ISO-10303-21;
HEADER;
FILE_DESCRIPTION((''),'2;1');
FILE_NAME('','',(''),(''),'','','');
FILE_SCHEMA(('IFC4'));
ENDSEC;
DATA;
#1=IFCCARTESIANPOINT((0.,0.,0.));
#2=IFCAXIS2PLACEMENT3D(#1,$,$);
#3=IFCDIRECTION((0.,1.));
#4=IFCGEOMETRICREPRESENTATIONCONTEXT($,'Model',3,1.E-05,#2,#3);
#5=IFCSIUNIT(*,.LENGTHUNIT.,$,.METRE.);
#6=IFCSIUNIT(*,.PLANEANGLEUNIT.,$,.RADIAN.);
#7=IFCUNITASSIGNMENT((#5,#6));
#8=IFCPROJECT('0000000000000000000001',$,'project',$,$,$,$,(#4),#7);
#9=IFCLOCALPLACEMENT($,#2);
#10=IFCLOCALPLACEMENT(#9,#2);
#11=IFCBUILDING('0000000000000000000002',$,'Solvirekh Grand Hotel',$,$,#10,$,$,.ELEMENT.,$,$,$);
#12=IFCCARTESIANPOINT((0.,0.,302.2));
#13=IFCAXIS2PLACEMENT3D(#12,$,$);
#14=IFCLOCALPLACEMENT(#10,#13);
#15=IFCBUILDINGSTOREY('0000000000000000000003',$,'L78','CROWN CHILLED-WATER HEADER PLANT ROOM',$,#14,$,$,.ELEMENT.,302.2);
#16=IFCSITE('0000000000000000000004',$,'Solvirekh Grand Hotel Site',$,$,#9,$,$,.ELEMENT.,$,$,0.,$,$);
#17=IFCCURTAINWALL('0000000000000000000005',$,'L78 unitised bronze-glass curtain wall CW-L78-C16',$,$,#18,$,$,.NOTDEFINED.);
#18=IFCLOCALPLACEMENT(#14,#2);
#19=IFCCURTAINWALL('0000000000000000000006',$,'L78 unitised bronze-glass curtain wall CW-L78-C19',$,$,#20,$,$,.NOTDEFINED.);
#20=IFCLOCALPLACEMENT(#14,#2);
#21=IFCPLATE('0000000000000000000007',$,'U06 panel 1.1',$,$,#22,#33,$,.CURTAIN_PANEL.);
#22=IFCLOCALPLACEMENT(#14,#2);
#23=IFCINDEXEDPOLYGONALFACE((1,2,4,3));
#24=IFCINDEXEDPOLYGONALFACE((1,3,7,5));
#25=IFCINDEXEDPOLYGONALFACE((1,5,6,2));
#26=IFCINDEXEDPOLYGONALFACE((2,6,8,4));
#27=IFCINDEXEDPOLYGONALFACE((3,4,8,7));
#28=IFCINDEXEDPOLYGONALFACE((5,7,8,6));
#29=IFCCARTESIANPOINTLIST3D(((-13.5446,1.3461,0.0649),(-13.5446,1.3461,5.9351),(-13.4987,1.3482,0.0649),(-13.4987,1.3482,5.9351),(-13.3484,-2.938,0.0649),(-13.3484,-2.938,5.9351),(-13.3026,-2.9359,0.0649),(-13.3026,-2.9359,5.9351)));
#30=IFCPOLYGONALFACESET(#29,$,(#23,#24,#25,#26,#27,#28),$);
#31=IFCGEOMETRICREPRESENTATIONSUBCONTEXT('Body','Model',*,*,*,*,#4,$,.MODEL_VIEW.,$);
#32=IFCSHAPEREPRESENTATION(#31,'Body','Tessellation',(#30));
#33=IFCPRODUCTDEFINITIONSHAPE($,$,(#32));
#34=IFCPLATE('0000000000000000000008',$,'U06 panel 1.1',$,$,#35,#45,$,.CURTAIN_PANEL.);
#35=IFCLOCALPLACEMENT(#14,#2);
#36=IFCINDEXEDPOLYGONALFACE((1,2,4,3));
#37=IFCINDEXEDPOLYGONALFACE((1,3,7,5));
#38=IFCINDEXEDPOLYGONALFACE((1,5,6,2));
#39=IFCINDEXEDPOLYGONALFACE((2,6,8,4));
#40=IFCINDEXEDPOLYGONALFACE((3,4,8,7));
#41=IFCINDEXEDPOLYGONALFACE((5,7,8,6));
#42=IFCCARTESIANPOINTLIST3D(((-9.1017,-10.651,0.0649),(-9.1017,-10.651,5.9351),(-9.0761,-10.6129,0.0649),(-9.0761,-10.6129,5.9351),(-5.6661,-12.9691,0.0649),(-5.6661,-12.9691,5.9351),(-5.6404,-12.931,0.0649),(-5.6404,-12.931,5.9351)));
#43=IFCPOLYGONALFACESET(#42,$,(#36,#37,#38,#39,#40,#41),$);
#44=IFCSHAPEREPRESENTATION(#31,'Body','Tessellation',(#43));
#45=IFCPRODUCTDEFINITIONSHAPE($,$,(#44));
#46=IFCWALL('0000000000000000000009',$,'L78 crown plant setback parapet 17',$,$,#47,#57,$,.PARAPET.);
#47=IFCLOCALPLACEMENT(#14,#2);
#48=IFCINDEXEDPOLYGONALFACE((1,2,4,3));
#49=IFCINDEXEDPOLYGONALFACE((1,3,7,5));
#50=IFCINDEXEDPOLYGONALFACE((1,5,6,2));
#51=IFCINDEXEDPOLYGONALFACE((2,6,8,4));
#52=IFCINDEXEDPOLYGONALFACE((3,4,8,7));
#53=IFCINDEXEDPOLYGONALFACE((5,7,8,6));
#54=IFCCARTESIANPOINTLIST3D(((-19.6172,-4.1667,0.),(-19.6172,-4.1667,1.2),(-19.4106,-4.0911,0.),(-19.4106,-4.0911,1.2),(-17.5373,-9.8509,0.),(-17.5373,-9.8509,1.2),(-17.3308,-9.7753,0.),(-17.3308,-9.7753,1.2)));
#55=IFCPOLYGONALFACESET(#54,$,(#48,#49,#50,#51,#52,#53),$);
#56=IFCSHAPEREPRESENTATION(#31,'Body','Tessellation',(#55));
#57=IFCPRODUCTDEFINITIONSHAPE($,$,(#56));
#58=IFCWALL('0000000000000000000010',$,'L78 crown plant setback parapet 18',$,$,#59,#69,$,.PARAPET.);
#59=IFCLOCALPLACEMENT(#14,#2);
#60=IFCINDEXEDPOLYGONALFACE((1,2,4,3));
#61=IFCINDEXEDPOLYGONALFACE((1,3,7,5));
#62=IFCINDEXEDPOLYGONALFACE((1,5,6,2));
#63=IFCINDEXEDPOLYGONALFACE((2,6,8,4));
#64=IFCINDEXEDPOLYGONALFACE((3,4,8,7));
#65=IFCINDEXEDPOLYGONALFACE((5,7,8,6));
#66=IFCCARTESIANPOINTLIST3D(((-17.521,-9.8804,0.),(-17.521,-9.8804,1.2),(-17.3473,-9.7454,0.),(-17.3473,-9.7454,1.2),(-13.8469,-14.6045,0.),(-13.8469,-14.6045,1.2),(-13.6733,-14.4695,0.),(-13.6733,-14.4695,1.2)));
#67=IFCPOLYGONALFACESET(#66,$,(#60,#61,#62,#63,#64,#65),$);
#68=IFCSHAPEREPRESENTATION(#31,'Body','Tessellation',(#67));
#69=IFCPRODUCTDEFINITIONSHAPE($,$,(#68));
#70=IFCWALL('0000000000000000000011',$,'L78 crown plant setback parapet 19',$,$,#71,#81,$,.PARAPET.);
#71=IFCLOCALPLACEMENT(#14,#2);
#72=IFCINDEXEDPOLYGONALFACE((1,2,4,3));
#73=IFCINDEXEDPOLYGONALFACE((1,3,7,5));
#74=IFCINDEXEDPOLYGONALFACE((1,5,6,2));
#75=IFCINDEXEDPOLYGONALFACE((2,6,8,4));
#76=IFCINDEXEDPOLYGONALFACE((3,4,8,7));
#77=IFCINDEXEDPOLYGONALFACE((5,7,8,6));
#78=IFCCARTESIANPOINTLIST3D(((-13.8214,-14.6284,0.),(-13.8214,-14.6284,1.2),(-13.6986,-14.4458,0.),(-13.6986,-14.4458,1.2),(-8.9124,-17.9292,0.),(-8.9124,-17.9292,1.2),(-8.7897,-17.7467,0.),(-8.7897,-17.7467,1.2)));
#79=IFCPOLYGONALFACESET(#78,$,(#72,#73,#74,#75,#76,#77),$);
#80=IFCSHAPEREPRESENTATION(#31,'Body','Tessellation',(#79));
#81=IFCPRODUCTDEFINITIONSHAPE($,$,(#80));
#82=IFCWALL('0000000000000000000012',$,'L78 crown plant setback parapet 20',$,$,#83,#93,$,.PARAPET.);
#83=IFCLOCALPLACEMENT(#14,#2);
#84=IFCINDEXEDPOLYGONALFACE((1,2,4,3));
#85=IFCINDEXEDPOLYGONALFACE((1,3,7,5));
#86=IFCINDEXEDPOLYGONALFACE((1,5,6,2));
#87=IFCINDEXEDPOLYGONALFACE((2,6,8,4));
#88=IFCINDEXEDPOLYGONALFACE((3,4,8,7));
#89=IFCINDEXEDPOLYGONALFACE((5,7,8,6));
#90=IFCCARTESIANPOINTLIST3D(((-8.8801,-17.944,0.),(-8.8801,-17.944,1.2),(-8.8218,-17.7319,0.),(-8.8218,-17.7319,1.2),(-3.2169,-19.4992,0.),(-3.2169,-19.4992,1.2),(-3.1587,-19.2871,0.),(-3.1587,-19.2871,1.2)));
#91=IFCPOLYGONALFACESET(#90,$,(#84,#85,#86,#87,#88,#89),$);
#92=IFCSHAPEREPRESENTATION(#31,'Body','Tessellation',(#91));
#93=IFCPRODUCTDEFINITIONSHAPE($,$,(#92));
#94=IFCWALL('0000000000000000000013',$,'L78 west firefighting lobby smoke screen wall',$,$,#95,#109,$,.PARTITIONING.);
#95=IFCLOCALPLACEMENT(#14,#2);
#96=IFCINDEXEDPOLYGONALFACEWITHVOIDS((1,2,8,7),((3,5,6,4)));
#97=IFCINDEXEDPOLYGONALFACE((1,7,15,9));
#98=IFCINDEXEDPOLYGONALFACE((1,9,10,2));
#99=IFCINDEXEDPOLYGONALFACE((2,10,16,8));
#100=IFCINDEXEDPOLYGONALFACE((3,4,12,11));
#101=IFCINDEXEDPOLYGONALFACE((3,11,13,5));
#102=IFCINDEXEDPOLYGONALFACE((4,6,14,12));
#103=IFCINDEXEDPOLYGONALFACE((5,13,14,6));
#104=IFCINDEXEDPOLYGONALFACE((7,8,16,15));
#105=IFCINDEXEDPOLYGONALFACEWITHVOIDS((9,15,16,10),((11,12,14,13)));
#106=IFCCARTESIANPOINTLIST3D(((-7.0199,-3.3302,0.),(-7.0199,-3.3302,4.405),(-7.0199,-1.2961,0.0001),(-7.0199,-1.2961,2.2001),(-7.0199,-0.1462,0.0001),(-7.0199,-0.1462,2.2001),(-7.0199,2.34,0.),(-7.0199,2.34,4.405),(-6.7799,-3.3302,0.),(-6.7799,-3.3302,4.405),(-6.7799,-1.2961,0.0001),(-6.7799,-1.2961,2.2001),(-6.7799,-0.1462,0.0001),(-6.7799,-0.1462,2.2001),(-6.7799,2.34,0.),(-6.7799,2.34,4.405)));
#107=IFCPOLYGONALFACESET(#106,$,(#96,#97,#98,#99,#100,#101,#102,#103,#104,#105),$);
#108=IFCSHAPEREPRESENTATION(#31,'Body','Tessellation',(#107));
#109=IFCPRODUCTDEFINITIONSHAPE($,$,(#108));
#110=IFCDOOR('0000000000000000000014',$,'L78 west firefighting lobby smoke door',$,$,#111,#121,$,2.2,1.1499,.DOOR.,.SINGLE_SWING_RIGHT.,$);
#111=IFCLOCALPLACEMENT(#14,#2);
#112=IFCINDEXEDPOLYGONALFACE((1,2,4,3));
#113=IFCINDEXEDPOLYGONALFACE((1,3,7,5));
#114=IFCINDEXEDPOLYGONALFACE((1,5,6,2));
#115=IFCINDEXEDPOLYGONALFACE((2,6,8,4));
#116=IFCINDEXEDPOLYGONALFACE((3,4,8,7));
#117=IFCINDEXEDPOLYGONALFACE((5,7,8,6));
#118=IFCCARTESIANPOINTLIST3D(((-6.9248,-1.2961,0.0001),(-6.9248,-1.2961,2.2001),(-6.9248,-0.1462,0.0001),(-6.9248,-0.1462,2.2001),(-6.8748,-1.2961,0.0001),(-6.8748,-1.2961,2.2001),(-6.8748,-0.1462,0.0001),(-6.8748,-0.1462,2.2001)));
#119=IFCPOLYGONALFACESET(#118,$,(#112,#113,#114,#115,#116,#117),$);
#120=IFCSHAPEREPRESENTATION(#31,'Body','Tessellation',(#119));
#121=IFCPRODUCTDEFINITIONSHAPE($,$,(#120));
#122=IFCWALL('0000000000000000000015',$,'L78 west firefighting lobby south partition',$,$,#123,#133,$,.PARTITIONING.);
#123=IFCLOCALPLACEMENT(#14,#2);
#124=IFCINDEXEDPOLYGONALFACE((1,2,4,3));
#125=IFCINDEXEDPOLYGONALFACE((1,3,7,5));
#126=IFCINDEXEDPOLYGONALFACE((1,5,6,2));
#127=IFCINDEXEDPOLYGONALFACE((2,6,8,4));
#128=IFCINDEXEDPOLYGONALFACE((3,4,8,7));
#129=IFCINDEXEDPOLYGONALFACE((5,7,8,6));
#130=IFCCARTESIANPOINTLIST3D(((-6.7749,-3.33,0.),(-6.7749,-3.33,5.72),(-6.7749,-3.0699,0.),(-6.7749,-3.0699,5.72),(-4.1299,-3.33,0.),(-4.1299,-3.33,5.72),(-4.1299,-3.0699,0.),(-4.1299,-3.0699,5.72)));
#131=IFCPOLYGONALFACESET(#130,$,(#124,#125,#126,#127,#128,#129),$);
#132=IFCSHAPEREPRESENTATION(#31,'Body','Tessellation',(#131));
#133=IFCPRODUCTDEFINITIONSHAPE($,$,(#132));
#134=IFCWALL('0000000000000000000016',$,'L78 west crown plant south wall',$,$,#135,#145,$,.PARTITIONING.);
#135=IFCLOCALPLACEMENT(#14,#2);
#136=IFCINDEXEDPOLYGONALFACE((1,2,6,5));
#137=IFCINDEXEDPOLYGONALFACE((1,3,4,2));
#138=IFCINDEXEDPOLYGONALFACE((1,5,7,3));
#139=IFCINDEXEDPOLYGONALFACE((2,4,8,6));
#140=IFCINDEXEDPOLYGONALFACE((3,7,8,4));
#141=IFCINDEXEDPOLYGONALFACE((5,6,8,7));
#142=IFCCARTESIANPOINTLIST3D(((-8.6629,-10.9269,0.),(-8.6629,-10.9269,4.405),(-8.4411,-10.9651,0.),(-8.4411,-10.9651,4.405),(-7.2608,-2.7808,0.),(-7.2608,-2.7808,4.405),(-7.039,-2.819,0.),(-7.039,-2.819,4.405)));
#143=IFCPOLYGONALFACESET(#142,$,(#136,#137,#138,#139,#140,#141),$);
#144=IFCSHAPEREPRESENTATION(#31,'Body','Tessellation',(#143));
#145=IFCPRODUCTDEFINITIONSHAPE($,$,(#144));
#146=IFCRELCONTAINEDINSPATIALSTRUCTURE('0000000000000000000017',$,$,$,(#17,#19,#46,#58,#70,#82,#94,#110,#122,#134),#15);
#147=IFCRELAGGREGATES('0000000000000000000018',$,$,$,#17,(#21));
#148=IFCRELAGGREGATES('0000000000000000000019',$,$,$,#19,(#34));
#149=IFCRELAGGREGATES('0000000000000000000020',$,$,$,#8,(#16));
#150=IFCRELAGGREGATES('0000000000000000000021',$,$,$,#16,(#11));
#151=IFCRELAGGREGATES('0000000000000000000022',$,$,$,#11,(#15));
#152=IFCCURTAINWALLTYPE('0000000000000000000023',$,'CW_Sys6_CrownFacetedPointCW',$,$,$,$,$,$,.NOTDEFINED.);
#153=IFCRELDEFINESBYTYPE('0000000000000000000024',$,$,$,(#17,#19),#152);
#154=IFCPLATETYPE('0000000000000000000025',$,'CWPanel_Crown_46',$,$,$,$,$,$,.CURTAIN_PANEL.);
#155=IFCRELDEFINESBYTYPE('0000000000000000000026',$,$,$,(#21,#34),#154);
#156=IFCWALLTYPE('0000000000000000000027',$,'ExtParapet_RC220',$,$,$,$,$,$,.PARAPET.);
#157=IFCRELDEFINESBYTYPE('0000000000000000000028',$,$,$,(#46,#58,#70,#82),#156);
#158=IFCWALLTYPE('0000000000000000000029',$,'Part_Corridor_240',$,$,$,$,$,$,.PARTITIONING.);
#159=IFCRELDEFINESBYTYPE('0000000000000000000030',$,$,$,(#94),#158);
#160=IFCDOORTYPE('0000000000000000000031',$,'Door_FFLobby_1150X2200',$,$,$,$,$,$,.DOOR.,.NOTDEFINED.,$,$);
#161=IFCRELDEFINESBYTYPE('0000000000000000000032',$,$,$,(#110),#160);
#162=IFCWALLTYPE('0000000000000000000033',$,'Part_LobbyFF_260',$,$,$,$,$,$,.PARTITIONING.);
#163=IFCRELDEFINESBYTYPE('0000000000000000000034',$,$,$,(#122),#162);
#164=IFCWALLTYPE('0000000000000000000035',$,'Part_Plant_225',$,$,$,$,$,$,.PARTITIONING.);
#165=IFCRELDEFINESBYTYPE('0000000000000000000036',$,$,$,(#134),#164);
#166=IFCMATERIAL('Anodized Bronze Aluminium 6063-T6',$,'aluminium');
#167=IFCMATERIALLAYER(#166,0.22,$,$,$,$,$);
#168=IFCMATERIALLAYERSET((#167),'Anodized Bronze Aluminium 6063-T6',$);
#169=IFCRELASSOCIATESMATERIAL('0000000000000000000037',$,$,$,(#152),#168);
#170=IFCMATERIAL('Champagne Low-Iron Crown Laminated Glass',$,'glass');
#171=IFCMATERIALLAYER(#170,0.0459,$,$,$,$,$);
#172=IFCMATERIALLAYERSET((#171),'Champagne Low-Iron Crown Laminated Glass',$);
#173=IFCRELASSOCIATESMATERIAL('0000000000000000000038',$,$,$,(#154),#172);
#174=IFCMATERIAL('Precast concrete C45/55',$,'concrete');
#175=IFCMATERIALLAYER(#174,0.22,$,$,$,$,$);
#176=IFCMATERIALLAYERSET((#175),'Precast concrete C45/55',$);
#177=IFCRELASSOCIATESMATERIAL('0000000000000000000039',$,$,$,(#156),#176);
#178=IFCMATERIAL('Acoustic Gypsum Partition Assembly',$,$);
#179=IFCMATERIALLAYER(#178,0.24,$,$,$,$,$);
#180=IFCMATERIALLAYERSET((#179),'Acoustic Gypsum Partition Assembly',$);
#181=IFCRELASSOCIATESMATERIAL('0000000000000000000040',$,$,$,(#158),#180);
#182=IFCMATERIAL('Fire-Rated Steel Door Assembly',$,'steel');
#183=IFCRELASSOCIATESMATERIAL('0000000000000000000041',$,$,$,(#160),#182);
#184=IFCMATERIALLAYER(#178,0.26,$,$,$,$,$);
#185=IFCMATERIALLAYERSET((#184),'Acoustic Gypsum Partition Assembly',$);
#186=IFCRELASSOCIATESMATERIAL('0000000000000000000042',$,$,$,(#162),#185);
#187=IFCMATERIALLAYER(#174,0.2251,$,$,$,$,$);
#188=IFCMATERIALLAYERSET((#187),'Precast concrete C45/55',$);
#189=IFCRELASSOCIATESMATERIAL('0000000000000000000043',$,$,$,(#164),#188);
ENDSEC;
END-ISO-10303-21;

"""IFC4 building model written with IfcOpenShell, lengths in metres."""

from ifc_helpers import new_model, si_unit, direction, frame, frame_2d, origin, origin_2d, place, context, subcontext, project, spatial, rectangle, extrude, source, transform, mapped, material, layer, layer_set, type_object, element, fill, aggregate, save


model = new_model("IFC4")

# Units and contexts
model_context = context("Model", 3, precision=1e-05, world=origin(), true_north=direction((0.0, 1.0)))
body_context = subcontext(model_context, "Body", "Model", "MODEL_VIEW")
ifc_project = project(units=[si_unit("LENGTHUNIT", "METRE"), si_unit("PLANEANGLEUNIT", "RADIAN")], contexts=[model_context])

# Site, building, storey
site_placement = place(None, origin())
site = spatial("IfcSite", under=ifc_project, at=site_placement, Name="Solvirekh Grand Hotel Site", CompositionType="ELEMENT", RefElevation=0.0)
building_placement = place(site_placement, origin())
building = spatial("IfcBuilding", under=site, at=building_placement, Name="Solvirekh Grand Hotel", CompositionType="ELEMENT")
storey_placement = place(building_placement, frame((0.0, 0.0, 302.2)))
storey = spatial("IfcBuildingStorey", under=building, at=storey_placement, Name="L78", Description="CROWN CHILLED-WATER HEADER PLANT ROOM", CompositionType="ELEMENT", Elevation=302.2)

# Curtain wall
ifc_material_1 = material(Name="Anodized Bronze Aluminium 6063-T6", Category="aluminium")
ifc_layer_1 = layer(ifc_material_1, 0.22)
ifc_layer_set_1 = layer_set([ifc_layer_1], Name="Anodized Bronze Aluminium 6063-T6")
curtain_wall_type = type_object("IfcCurtainWallType", Name="CW_Sys6_CrownFacetedPointCW", PredefinedType="NOTDEFINED", material=ifc_layer_set_1)
curtain_wall_1_placement = place(storey_placement, origin())
curtain_wall_1 = element("IfcCurtainWall", 1, at=curtain_wall_1_placement, inside=storey, type_object=curtain_wall_type, Name="L78 unitised bronze-glass curtain wall CW-L78-C16", PredefinedType="NOTDEFINED")

# Curtain wall
curtain_wall_2_placement = place(storey_placement, origin())
curtain_wall_2 = element("IfcCurtainWall", 2, at=curtain_wall_2_placement, inside=storey, type_object=curtain_wall_type, Name="L78 unitised bronze-glass curtain wall CW-L78-C19", PredefinedType="NOTDEFINED")

# Plates
ifc_material_2 = material(Name="Champagne Low-Iron Crown Laminated Glass", Category="glass")
ifc_layer_2 = layer(ifc_material_2, 0.0459)
ifc_layer_set_2 = layer_set([ifc_layer_2], Name="Champagne Low-Iron Crown Laminated Glass")
plate_type = type_object("IfcPlateType", Name="CWPanel_Crown_46", PredefinedType="CURTAIN_PANEL", material=ifc_layer_set_2)
shared_shape_1 = source(origin(), body_context, "Body", "SweptSolid", [
    extrude(rectangle(XDim=4.2886, YDim=0.0459, at=origin_2d()), origin(), (0.0, 0.0, 1.0), 5.8701),
])
plate_1_placement = place(storey_placement, frame((-13.4236, -0.7949, 0.0649), z_axis=(0.0, 0.0, 1.0), x_axis=(0.045735, -0.998954, 0.0)))
plate_1 = element("IfcPlate", 3, at=plate_1_placement, type_object=plate_type, Name="U06 panel 1.1", PredefinedType="CURTAIN_PANEL", context=body_context, shape_type="MappedRepresentation", body=[
    mapped(shared_shape_1, transform((0.0, 0.0, 0.0), x_axis=(1.0, 0.0, 0.0), y_axis=(0.0, 1.0, 0.0), z_axis=(0.0, 0.0, 1.0), scale=1.0)),
])
aggregate(curtain_wall_1, [plate_1])
shared_shape_2 = source(origin(), body_context, "Body", "SweptSolid", [
    extrude(rectangle(XDim=4.1445, YDim=0.0459, at=origin_2d()), origin(), (0.0, 0.0, 1.0), 5.8701),
])
plate_2_placement = place(storey_placement, frame((-7.3711, -11.791, 0.0649), z_axis=(0.0, 0.0, 1.0), x_axis=(0.828957, -0.559313, 0.0)))
plate_2 = element("IfcPlate", 4, at=plate_2_placement, type_object=plate_type, Name="U06 panel 1.1", PredefinedType="CURTAIN_PANEL", context=body_context, shape_type="MappedRepresentation", body=[
    mapped(shared_shape_2, transform((0.0, 0.0, 0.0), x_axis=(1.0, 0.0, 0.0), y_axis=(0.0, 1.0, 0.0), z_axis=(0.0, 0.0, 1.0), scale=1.0)),
])
aggregate(curtain_wall_2, [plate_2])

# Walls
ifc_material_3 = material(Name="Precast concrete C45/55", Category="concrete")
ifc_layer_3 = layer(ifc_material_3, 0.22)
ifc_layer_set_3 = layer_set([ifc_layer_3], Name="Precast concrete C45/55")
wall_type_1 = type_object("IfcWallType", Name="ExtParapet_RC220", PredefinedType="PARAPET", material=ifc_layer_set_3)
wall_1_placement = place(storey_placement, frame((-19.5139, -4.1289, 0.0), z_axis=(0.0, 0.0, 1.0), x_axis=(0.343624, -0.939107, 0.0)))
element("IfcWall", 5, at=wall_1_placement, inside=storey, type_object=wall_type_1, Name="L78 crown plant setback parapet 17", PredefinedType="PARAPET", context=body_context, shape_type="SweptSolid", body=[
    extrude(rectangle(XDim=6.0527, YDim=0.22, at=frame_2d((3.0264, 0.0))), origin(), (0.0, 0.0, 1.0), 1.2),
])
wall_2_placement = place(storey_placement, frame((-17.4341, -9.813, 0.0), z_axis=(0.0, 0.0, 1.0), x_axis=(0.613915, -0.789372, 0.0)))
element("IfcWall", 6, at=wall_2_placement, inside=storey, type_object=wall_type_1, Name="L78 crown plant setback parapet 18", PredefinedType="PARAPET", context=body_context, shape_type="SweptSolid", body=[
    extrude(rectangle(XDim=5.9846, YDim=0.22, at=frame_2d((2.9922, 0.0))), origin(), (0.0, 0.0, 1.0), 1.2),
])
wall_3_placement = place(storey_placement, frame((-13.76, -14.5371, 0.0), z_axis=(0.0, 0.0, 1.0), x_axis=(0.829847, -0.557991, 0.0)))
element("IfcWall", 7, at=wall_3_placement, inside=storey, type_object=wall_type_1, Name="L78 crown plant setback parapet 19", PredefinedType="PARAPET", context=body_context, shape_type="SweptSolid", body=[
    extrude(rectangle(XDim=5.9155, YDim=0.22, at=frame_2d((2.9578, 0.0))), origin(), (0.0, 0.0, 1.0), 1.2),
])
wall_4_placement = place(storey_placement, frame((-8.8511, -17.8379, 0.0), z_axis=(0.0, 0.0, 1.0), x_axis=(0.9643, -0.264812, 0.0)))
element("IfcWall", 8, at=wall_4_placement, inside=storey, type_object=wall_type_1, Name="L78 crown plant setback parapet 20", PredefinedType="PARAPET", context=body_context, shape_type="SweptSolid", body=[
    extrude(rectangle(XDim=5.8728, YDim=0.22, at=frame_2d((2.9365, 0.0))), origin(), (0.0, 0.0, 1.0), 1.2),
])

# Wall, opening, door
ifc_material_4 = material(Name="Acoustic Gypsum Partition Assembly")
ifc_layer_4 = layer(ifc_material_4, 0.24)
ifc_layer_set_4 = layer_set([ifc_layer_4], Name="Acoustic Gypsum Partition Assembly")
wall_type_2 = type_object("IfcWallType", Name="Part_Corridor_240", PredefinedType="PARTITIONING", material=ifc_layer_set_4)
wall_5_placement = place(storey_placement, frame((-6.8999, -3.3301, 0.0), z_axis=(0.0, 0.0, 1.0), x_axis=(0.0, 1.0, 0.0)))
wall_5 = element("IfcWall", 9, at=wall_5_placement, inside=storey, type_object=wall_type_2, Name="L78 west firefighting lobby smoke screen wall", PredefinedType="PARTITIONING", context=body_context, shape_type="SweptSolid", body=[
    extrude(rectangle(XDim=5.6702, YDim=0.24, at=frame_2d((2.835, 0.0))), origin(), (0.0, 0.0, 1.0), 4.405),
])
opening_placement = place(wall_5_placement, frame((2.0339, 0.0, 0.0)))
opening = element("IfcOpeningElement", 10, at=opening_placement, cuts=wall_5, PredefinedType="OPENING", context=body_context, shape_type="SweptSolid", body=[
    extrude(rectangle(XDim=1.1499, YDim=2.2, at=frame_2d((0.575, 1.1001))), frame((0.0, 0.1299, 0.0), z_axis=(0.0, -1.0, 0.0), x_axis=(1.0, 0.0, 0.0)), (0.0, 0.0, 1.0), 0.26),
])
ifc_material_5 = material(Name="Fire-Rated Steel Door Assembly", Category="steel")
door_type = type_object("IfcDoorType", Name="Door_FFLobby_1150X2200", OperationType="NOTDEFINED", PredefinedType="DOOR", material=ifc_material_5)
door_placement = place(opening_placement, origin())
door = element("IfcDoor", 11, at=door_placement, inside=storey, type_object=door_type, Name="L78 west firefighting lobby smoke door", OperationType="SINGLE_SWING_RIGHT", OverallHeight=2.2, OverallWidth=1.1499, PredefinedType="DOOR", context=body_context, shape_type="SweptSolid", body=[
    extrude(rectangle(XDim=1.1499, YDim=2.2, at=frame_2d((0.575, 1.1001))), frame((0.0, 0.0249, 0.0), z_axis=(0.0, -1.0, 0.0), x_axis=(1.0, 0.0, 0.0)), (0.0, 0.0, 1.0), 0.05),
])
fill(opening, door)

# Walls
ifc_layer_5 = layer(ifc_material_4, 0.26)
ifc_layer_set_5 = layer_set([ifc_layer_5], Name="Acoustic Gypsum Partition Assembly")
wall_type_3 = type_object("IfcWallType", Name="Part_LobbyFF_260", PredefinedType="PARTITIONING", material=ifc_layer_set_5)
wall_6_placement = place(storey_placement, frame((-6.7749, -3.2, 0.0), z_axis=(0.0, 0.0, 1.0), x_axis=(1.0, 0.0, 0.0)))
element("IfcWall", 12, at=wall_6_placement, inside=storey, type_object=wall_type_3, Name="L78 west firefighting lobby south partition", PredefinedType="PARTITIONING", context=body_context, shape_type="SweptSolid", body=[
    extrude(rectangle(XDim=2.645, YDim=0.26, at=frame_2d((1.3225, 0.0))), origin(), (0.0, 0.0, 1.0), 5.72),
])
ifc_layer_6 = layer(ifc_material_3, 0.2251)
ifc_layer_set_6 = layer_set([ifc_layer_6], Name="Precast concrete C45/55")
wall_type_4 = type_object("IfcWallType", Name="Part_Plant_225", PredefinedType="PARTITIONING", material=ifc_layer_set_6)
wall_7_placement = place(storey_placement, frame((-7.1499, -2.8, 0.0), z_axis=(0.0, 0.0, 1.0), x_axis=(-0.169627, -0.985508, 0.0)))
element("IfcWall", 13, at=wall_7_placement, inside=storey, type_object=wall_type_4, Name="L78 west crown plant south wall", PredefinedType="PARTITIONING", context=body_context, shape_type="SweptSolid", body=[
    extrude(rectangle(XDim=8.2659, YDim=0.2251, at=frame_2d((4.1328, 0.0))), origin(), (0.0, 0.0, 1.0), 4.405),
])

save(model, "model.ifc")
